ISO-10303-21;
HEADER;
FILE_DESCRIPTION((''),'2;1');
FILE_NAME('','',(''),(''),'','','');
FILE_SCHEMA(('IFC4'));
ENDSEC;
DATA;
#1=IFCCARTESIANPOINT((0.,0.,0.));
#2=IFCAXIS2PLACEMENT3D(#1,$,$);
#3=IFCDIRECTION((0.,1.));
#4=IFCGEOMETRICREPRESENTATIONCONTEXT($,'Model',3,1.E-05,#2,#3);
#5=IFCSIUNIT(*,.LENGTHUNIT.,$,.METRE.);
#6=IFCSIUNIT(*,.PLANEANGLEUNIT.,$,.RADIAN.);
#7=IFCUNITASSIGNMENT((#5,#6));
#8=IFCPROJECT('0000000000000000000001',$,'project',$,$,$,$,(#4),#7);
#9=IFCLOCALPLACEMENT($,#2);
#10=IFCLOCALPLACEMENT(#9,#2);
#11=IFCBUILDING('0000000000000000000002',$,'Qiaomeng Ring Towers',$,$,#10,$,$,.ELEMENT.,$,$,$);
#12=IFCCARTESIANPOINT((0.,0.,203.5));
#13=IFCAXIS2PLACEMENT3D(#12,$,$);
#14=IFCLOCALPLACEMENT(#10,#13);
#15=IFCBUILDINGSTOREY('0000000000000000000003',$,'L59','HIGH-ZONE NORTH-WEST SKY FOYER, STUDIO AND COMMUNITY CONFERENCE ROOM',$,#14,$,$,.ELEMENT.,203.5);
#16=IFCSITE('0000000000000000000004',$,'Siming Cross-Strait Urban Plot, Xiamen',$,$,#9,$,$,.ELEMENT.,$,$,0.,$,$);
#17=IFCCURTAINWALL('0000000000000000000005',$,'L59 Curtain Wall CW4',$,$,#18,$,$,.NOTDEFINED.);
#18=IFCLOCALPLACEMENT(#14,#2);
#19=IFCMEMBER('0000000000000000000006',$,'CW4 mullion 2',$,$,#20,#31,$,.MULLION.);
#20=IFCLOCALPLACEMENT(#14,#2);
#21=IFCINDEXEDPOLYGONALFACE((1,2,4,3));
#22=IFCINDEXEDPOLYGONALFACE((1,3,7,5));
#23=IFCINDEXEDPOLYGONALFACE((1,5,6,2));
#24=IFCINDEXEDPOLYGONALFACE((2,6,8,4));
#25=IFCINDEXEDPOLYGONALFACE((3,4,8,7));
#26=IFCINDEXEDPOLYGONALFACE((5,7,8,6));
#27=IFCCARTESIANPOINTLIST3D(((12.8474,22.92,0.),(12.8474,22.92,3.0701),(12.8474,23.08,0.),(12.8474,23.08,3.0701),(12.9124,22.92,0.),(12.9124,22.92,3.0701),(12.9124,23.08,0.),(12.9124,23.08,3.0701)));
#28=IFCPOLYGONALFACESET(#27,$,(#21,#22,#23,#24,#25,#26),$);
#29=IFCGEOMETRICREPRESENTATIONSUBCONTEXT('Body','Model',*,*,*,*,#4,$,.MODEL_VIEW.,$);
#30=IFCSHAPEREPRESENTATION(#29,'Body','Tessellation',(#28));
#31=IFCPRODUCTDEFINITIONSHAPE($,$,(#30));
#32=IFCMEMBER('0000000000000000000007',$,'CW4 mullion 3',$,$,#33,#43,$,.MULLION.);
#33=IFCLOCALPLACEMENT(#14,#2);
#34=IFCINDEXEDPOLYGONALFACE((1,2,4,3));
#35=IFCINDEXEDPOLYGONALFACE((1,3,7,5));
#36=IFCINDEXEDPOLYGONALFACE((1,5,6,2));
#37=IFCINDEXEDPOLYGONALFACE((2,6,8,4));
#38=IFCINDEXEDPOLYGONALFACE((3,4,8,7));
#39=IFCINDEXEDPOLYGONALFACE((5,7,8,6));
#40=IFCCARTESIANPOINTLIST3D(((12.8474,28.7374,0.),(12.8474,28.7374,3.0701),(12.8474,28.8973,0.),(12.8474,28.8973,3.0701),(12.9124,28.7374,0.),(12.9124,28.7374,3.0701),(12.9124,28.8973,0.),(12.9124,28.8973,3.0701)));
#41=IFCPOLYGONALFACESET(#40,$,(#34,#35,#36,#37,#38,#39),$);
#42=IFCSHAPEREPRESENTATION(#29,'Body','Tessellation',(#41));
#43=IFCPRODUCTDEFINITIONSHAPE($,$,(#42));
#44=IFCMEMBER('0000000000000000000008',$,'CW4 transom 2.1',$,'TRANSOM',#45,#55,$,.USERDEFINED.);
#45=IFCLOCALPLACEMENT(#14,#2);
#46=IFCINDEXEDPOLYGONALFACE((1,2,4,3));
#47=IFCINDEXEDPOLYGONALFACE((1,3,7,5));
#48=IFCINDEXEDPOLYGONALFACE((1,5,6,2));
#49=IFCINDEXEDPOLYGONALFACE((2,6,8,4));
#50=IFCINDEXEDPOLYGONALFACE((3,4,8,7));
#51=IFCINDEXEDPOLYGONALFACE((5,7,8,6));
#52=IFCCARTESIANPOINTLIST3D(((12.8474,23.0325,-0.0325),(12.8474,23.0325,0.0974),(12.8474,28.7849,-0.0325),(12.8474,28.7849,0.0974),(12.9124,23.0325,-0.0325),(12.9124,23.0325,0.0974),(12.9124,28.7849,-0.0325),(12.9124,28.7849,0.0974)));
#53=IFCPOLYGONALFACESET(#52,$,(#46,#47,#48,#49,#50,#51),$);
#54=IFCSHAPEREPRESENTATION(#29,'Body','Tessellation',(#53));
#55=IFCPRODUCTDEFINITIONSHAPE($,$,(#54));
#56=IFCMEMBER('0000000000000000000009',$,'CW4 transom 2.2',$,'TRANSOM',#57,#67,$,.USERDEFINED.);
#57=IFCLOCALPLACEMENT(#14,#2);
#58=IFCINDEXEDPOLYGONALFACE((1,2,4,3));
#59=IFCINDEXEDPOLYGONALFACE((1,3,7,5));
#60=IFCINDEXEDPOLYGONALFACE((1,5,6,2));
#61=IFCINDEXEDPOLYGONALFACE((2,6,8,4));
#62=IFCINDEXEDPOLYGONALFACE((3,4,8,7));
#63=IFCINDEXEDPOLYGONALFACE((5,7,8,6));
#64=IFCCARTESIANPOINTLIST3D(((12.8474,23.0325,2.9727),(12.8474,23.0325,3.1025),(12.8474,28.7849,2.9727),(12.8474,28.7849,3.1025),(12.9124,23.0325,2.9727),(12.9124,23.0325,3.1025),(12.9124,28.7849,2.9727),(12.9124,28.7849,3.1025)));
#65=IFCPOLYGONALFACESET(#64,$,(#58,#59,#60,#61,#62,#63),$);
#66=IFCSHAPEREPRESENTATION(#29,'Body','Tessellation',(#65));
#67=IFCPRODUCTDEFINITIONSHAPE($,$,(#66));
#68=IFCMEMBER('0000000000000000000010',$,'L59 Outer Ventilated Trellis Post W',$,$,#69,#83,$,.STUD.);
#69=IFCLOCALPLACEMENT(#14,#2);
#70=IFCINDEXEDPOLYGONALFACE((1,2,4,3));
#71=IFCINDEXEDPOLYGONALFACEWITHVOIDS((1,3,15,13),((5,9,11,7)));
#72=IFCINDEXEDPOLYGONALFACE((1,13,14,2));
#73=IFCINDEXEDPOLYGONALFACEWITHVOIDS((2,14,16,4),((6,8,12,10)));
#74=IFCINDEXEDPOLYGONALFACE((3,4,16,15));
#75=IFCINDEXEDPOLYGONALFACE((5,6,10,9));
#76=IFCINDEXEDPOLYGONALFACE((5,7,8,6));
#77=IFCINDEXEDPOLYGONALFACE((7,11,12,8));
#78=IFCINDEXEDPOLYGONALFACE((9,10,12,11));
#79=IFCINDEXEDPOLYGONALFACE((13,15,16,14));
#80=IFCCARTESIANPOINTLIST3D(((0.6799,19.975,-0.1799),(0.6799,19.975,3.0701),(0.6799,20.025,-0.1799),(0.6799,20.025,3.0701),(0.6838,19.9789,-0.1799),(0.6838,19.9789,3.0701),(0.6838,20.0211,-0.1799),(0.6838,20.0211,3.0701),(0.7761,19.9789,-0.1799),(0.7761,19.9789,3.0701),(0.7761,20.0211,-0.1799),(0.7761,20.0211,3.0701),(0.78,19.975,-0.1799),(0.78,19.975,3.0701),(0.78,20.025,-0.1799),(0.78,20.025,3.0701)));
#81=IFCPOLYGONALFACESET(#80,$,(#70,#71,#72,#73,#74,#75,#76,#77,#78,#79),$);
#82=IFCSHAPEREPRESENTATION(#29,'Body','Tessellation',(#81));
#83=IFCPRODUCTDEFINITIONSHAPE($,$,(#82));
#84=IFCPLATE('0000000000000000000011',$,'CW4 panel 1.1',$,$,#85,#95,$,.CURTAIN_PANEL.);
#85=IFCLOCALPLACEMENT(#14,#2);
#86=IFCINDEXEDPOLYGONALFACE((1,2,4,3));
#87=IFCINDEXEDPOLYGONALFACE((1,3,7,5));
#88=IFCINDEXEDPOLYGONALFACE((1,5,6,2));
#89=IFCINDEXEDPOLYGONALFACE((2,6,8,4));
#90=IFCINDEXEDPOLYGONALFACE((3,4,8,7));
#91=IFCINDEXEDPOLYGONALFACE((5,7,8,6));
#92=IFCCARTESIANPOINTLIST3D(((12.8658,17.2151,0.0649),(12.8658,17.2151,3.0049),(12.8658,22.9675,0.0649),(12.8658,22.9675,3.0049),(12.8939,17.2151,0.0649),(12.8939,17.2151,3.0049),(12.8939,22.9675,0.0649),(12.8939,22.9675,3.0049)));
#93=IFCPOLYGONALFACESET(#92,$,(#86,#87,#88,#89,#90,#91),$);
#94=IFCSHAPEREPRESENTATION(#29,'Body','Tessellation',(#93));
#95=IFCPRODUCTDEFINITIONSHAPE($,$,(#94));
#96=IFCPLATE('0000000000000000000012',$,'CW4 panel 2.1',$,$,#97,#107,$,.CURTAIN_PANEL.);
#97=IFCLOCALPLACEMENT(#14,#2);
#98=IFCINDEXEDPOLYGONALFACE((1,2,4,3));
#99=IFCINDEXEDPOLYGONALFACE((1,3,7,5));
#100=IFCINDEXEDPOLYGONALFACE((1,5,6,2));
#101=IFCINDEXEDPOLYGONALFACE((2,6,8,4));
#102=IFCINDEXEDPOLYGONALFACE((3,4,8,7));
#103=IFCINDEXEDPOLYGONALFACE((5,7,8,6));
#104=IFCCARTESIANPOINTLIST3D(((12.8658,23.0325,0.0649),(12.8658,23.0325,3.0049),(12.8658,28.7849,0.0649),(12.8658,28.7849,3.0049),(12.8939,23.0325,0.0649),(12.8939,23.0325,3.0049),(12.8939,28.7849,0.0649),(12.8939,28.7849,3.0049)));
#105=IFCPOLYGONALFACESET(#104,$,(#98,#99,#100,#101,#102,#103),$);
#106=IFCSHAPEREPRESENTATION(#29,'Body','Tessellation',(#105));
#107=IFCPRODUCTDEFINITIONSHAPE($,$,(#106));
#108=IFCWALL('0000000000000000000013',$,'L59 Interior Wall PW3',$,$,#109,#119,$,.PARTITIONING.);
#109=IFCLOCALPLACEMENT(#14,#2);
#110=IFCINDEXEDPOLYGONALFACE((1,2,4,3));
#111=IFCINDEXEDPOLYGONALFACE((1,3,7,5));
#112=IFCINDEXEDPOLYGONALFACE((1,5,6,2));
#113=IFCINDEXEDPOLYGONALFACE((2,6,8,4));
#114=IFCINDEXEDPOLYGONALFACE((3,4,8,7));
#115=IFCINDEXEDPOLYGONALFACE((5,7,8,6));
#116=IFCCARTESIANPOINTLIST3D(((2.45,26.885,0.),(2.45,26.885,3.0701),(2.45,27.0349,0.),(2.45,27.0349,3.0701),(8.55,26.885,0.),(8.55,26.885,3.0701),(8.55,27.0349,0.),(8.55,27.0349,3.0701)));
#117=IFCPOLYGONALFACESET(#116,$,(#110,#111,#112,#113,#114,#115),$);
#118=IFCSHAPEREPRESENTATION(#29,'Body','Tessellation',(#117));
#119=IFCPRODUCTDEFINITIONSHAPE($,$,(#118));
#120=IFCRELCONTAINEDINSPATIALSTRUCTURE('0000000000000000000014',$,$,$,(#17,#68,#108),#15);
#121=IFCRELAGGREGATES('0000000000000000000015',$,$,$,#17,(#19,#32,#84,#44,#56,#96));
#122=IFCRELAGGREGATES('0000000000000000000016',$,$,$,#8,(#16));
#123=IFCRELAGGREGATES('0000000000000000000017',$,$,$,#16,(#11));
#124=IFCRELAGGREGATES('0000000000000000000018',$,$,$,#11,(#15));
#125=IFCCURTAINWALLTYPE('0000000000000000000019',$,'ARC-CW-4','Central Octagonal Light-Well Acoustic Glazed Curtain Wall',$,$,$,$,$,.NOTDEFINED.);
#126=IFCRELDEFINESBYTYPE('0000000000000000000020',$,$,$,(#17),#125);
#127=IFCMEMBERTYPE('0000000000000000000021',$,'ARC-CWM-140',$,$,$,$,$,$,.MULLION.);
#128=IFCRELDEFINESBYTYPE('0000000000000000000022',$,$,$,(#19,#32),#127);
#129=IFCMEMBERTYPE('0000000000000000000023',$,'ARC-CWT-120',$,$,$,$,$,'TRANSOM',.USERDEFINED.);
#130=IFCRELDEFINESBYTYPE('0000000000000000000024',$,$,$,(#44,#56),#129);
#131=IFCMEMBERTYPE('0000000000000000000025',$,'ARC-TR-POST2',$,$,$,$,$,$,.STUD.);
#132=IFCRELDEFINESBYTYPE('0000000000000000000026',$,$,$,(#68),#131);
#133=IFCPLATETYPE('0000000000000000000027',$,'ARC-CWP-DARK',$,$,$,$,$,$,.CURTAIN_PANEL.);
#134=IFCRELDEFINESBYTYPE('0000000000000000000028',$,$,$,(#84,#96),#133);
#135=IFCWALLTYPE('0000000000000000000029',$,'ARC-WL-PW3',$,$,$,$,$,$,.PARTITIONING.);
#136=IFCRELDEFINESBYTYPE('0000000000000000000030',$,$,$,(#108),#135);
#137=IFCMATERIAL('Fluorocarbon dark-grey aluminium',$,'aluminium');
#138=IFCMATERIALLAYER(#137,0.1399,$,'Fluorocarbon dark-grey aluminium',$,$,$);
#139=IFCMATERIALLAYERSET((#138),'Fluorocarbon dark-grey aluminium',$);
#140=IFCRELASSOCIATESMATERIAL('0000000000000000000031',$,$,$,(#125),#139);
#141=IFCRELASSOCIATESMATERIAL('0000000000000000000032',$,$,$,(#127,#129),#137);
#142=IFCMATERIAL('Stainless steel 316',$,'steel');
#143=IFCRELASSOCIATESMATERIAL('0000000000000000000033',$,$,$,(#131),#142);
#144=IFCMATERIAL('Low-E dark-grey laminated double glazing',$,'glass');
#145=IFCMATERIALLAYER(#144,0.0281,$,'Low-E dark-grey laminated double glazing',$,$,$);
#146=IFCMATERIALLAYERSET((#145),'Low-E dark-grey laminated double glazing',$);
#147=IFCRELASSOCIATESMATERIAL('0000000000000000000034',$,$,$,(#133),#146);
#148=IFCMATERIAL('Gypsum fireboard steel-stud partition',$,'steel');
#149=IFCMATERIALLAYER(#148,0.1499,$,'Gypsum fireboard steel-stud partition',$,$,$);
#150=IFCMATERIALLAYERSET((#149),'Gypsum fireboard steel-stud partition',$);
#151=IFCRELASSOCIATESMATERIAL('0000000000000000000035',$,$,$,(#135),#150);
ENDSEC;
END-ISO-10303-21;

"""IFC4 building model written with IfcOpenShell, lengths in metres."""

from ifc_helpers import new_model, si_unit, direction, frame, frame_2d, origin, origin_2d, place, context, subcontext, project, spatial, rectangle, hollow_rectangle, extrude, source, transform, mapped, material, layer, layer_set, material_profile, profile_set, type_object, element, aggregate, save


model = new_model("IFC4")

# Units and contexts
model_context = context("Model", 3, precision=1e-05, world=origin(), true_north=direction((0.0, 1.0)))
body_context = subcontext(model_context, "Body", "Model", "MODEL_VIEW")
ifc_project = project(units=[si_unit("LENGTHUNIT", "METRE"), si_unit("PLANEANGLEUNIT", "RADIAN")], contexts=[model_context])

# Site, building, storey
site_placement = place(None, origin())
site = spatial("IfcSite", under=ifc_project, at=site_placement, Name="Siming Cross-Strait Urban Plot, Xiamen", CompositionType="ELEMENT", RefElevation=0.0)
building_placement = place(site_placement, origin())
building = spatial("IfcBuilding", under=site, at=building_placement, Name="Qiaomeng Ring Towers", CompositionType="ELEMENT")
storey_placement = place(building_placement, frame((0.0, 0.0, 203.5)))
storey = spatial("IfcBuildingStorey", under=building, at=storey_placement, Name="L59", Description="HIGH-ZONE NORTH-WEST SKY FOYER, STUDIO AND COMMUNITY CONFERENCE ROOM", CompositionType="ELEMENT", Elevation=203.5)

# Curtain wall, members
ifc_material_1 = material(Name="Fluorocarbon dark-grey aluminium", Category="aluminium")
ifc_layer_1 = layer(ifc_material_1, 0.1399, Name="Fluorocarbon dark-grey aluminium")
ifc_layer_set_1 = layer_set([ifc_layer_1], Name="Fluorocarbon dark-grey aluminium")
curtain_wall_type = type_object("IfcCurtainWallType", Name="ARC-CW-4", Description="Central Octagonal Light-Well Acoustic Glazed Curtain Wall", PredefinedType="NOTDEFINED", material=ifc_layer_set_1)
curtain_wall_placement = place(storey_placement, origin())
curtain_wall = element("IfcCurtainWall", 1, at=curtain_wall_placement, inside=storey, type_object=curtain_wall_type, Name="L59 Curtain Wall CW4", PredefinedType="NOTDEFINED")
ifc_material_profile_1 = material_profile(ifc_material_1, rectangle(XDim=0.0649, YDim=0.1599, at=origin_2d()), Name="ALU MULL 65x160")
ifc_profile_set_1 = profile_set([ifc_material_profile_1], Name="Fluorocarbon dark-grey aluminium")
member_type_1 = type_object("IfcMemberType", Name="ARC-CWM-140", PredefinedType="MULLION", material=ifc_profile_set_1)
shared_shape_1 = source(origin(), body_context, "Body", "SweptSolid", [
    extrude(rectangle(XDim=0.0649, YDim=0.1599, at=origin_2d()), origin(), (0.0, 0.0, 1.0), 3.0701),
])
member_1_placement = place(storey_placement, frame((12.8799, 23.0, 0.0), z_axis=(0.0, 0.0, 1.0), x_axis=(-1.0, 0.0, 0.0)))
member_1 = element("IfcMember", 2, at=member_1_placement, type_object=member_type_1, Name="CW4 mullion 2", PredefinedType="MULLION", context=body_context, shape_type="MappedRepresentation", body=[
    mapped(shared_shape_1, transform((0.0, 0.0, 0.0), x_axis=(1.0, 0.0, 0.0), y_axis=(0.0, 1.0, 0.0), z_axis=(0.0, 0.0, 1.0), scale=1.0)),
])
member_2_placement = place(storey_placement, frame((12.8799, 28.8174, 0.0), z_axis=(0.0, 0.0, 1.0), x_axis=(-1.0, 0.0, 0.0)))
member_2 = element("IfcMember", 3, at=member_2_placement, type_object=member_type_1, Name="CW4 mullion 3", PredefinedType="MULLION", context=body_context, shape_type="MappedRepresentation", body=[
    mapped(shared_shape_1, transform((0.0, 0.0, 0.0), x_axis=(1.0, 0.0, 0.0), y_axis=(0.0, 1.0, 0.0), z_axis=(0.0, 0.0, 1.0), scale=1.0)),
])
ifc_material_profile_2 = material_profile(ifc_material_1, rectangle(XDim=0.0649, YDim=0.1299, at=origin_2d()), Name="ALU TRAN 65x130")
ifc_profile_set_2 = profile_set([ifc_material_profile_2], Name="Fluorocarbon dark-grey aluminium")
member_type_2 = type_object("IfcMemberType", Name="ARC-CWT-120", ElementType="TRANSOM", PredefinedType="USERDEFINED", material=ifc_profile_set_2)
shared_shape_2 = source(origin(), body_context, "Body", "SweptSolid", [
    extrude(rectangle(XDim=0.0649, YDim=0.1299, at=origin_2d()), origin(), (0.0, 0.0, 1.0), 5.7524),
])
member_3_placement = place(storey_placement, frame((12.8799, 23.0325, 0.0325), z_axis=(0.0, 1.0, 0.0), x_axis=(-1.0, 0.0, 0.0)))
member_3 = element("IfcMember", 4, at=member_3_placement, type_object=member_type_2, Name="CW4 transom 2.1", ObjectType="TRANSOM", PredefinedType="USERDEFINED", context=body_context, shape_type="MappedRepresentation", body=[
    mapped(shared_shape_2, transform((0.0, 0.0, 0.0), x_axis=(1.0, 0.0, 0.0), y_axis=(0.0, 1.0, 0.0), z_axis=(0.0, 0.0, 1.0), scale=1.0)),
])
member_4_placement = place(storey_placement, frame((12.8799, 23.0325, 3.0376), z_axis=(0.0, 1.0, 0.0), x_axis=(-1.0, 0.0, 0.0)))
member_4 = element("IfcMember", 5, at=member_4_placement, type_object=member_type_2, Name="CW4 transom 2.2", ObjectType="TRANSOM", PredefinedType="USERDEFINED", context=body_context, shape_type="MappedRepresentation", body=[
    mapped(shared_shape_2, transform((0.0, 0.0, 0.0), x_axis=(1.0, 0.0, 0.0), y_axis=(0.0, 1.0, 0.0), z_axis=(0.0, 0.0, 1.0), scale=1.0)),
])

# Member
ifc_material_2 = material(Name="Stainless steel 316", Category="steel")
ifc_material_profile_3 = material_profile(ifc_material_2, hollow_rectangle(XDim=0.05, YDim=0.1001, WallThickness=0.0039, at=origin_2d()), Name="SS TRELLIS 100x50")
ifc_profile_set_3 = profile_set([ifc_material_profile_3], Name="Stainless steel 316")
member_type_3 = type_object("IfcMemberType", Name="ARC-TR-POST2", PredefinedType="STUD", material=ifc_profile_set_3)
shared_shape_3 = source(origin(), body_context, "Body", "SweptSolid", [
    extrude(hollow_rectangle(XDim=0.05, YDim=0.1001, WallThickness=0.0039, at=origin_2d()), origin(), (0.0, 0.0, 1.0), 3.25),
])
member_5_placement = place(storey_placement, frame((0.73, 20.0, -0.1799), z_axis=(0.0, 0.0, 1.0), x_axis=(0.0, 1.0, 0.0)))
element("IfcMember", 6, at=member_5_placement, inside=storey, type_object=member_type_3, Name="L59 Outer Ventilated Trellis Post W", PredefinedType="STUD", context=body_context, shape_type="MappedRepresentation", body=[
    mapped(shared_shape_3, transform((0.0, 0.0, 0.0), x_axis=(1.0, 0.0, 0.0), y_axis=(0.0, 1.0, 0.0), z_axis=(0.0, 0.0, 1.0), scale=1.0)),
])

# Plates
ifc_material_3 = material(Name="Low-E dark-grey laminated double glazing", Category="glass")
ifc_layer_2 = layer(ifc_material_3, 0.0281, Name="Low-E dark-grey laminated double glazing")
ifc_layer_set_2 = layer_set([ifc_layer_2], Name="Low-E dark-grey laminated double glazing")
plate_type = type_object("IfcPlateType", Name="ARC-CWP-DARK", PredefinedType="CURTAIN_PANEL", material=ifc_layer_set_2)
shared_shape_4 = source(origin(), body_context, "Body", "SweptSolid", [
    extrude(rectangle(XDim=5.7524, YDim=0.0281, at=origin_2d()), origin(), (0.0, 0.0, 1.0), 2.9399),
])
plate_1_placement = place(storey_placement, frame((12.8799, 20.0913, 0.0649), z_axis=(0.0, 0.0, 1.0), x_axis=(0.0, 1.0, 0.0)))
plate_1 = element("IfcPlate", 7, at=plate_1_placement, type_object=plate_type, Name="CW4 panel 1.1", PredefinedType="CURTAIN_PANEL", context=body_context, shape_type="MappedRepresentation", body=[
    mapped(shared_shape_4, transform((0.0, 0.0, 0.0), x_axis=(1.0, 0.0, 0.0), y_axis=(0.0, 1.0, 0.0), z_axis=(0.0, 0.0, 1.0), scale=1.0)),
])
plate_2_placement = place(storey_placement, frame((12.8799, 25.9087, 0.0649), z_axis=(0.0, 0.0, 1.0), x_axis=(0.0, 1.0, 0.0)))
plate_2 = element("IfcPlate", 8, at=plate_2_placement, type_object=plate_type, Name="CW4 panel 2.1", PredefinedType="CURTAIN_PANEL", context=body_context, shape_type="MappedRepresentation", body=[
    mapped(shared_shape_4, transform((0.0, 0.0, 0.0), x_axis=(1.0, 0.0, 0.0), y_axis=(0.0, 1.0, 0.0), z_axis=(0.0, 0.0, 1.0), scale=1.0)),
])
aggregate(curtain_wall, [member_1, member_2, plate_1, member_3, member_4, plate_2])

# Wall
ifc_material_4 = material(Name="Gypsum fireboard steel-stud partition", Category="steel")
ifc_layer_3 = layer(ifc_material_4, 0.1499, Name="Gypsum fireboard steel-stud partition")
ifc_layer_set_3 = layer_set([ifc_layer_3], Name="Gypsum fireboard steel-stud partition")
wall_type_1 = type_object("IfcWallType", Name="ARC-WL-PW3", PredefinedType="PARTITIONING", material=ifc_layer_set_3)
wall_1_placement = place(storey_placement, frame((2.45, 26.96, 0.0), z_axis=(0.0, 0.0, 1.0), x_axis=(1.0, 0.0, 0.0)))
element("IfcWall", 9, at=wall_1_placement, inside=storey, type_object=wall_type_1, Name="L59 Interior Wall PW3", PredefinedType="PARTITIONING", context=body_context, shape_type="SweptSolid", body=[
    extrude(rectangle(XDim=6.1001, YDim=0.1499, at=frame_2d((3.05, 0.0))), origin(), (0.0, 0.0, 1.0), 3.0701),
])

save(model, "model.ifc")
